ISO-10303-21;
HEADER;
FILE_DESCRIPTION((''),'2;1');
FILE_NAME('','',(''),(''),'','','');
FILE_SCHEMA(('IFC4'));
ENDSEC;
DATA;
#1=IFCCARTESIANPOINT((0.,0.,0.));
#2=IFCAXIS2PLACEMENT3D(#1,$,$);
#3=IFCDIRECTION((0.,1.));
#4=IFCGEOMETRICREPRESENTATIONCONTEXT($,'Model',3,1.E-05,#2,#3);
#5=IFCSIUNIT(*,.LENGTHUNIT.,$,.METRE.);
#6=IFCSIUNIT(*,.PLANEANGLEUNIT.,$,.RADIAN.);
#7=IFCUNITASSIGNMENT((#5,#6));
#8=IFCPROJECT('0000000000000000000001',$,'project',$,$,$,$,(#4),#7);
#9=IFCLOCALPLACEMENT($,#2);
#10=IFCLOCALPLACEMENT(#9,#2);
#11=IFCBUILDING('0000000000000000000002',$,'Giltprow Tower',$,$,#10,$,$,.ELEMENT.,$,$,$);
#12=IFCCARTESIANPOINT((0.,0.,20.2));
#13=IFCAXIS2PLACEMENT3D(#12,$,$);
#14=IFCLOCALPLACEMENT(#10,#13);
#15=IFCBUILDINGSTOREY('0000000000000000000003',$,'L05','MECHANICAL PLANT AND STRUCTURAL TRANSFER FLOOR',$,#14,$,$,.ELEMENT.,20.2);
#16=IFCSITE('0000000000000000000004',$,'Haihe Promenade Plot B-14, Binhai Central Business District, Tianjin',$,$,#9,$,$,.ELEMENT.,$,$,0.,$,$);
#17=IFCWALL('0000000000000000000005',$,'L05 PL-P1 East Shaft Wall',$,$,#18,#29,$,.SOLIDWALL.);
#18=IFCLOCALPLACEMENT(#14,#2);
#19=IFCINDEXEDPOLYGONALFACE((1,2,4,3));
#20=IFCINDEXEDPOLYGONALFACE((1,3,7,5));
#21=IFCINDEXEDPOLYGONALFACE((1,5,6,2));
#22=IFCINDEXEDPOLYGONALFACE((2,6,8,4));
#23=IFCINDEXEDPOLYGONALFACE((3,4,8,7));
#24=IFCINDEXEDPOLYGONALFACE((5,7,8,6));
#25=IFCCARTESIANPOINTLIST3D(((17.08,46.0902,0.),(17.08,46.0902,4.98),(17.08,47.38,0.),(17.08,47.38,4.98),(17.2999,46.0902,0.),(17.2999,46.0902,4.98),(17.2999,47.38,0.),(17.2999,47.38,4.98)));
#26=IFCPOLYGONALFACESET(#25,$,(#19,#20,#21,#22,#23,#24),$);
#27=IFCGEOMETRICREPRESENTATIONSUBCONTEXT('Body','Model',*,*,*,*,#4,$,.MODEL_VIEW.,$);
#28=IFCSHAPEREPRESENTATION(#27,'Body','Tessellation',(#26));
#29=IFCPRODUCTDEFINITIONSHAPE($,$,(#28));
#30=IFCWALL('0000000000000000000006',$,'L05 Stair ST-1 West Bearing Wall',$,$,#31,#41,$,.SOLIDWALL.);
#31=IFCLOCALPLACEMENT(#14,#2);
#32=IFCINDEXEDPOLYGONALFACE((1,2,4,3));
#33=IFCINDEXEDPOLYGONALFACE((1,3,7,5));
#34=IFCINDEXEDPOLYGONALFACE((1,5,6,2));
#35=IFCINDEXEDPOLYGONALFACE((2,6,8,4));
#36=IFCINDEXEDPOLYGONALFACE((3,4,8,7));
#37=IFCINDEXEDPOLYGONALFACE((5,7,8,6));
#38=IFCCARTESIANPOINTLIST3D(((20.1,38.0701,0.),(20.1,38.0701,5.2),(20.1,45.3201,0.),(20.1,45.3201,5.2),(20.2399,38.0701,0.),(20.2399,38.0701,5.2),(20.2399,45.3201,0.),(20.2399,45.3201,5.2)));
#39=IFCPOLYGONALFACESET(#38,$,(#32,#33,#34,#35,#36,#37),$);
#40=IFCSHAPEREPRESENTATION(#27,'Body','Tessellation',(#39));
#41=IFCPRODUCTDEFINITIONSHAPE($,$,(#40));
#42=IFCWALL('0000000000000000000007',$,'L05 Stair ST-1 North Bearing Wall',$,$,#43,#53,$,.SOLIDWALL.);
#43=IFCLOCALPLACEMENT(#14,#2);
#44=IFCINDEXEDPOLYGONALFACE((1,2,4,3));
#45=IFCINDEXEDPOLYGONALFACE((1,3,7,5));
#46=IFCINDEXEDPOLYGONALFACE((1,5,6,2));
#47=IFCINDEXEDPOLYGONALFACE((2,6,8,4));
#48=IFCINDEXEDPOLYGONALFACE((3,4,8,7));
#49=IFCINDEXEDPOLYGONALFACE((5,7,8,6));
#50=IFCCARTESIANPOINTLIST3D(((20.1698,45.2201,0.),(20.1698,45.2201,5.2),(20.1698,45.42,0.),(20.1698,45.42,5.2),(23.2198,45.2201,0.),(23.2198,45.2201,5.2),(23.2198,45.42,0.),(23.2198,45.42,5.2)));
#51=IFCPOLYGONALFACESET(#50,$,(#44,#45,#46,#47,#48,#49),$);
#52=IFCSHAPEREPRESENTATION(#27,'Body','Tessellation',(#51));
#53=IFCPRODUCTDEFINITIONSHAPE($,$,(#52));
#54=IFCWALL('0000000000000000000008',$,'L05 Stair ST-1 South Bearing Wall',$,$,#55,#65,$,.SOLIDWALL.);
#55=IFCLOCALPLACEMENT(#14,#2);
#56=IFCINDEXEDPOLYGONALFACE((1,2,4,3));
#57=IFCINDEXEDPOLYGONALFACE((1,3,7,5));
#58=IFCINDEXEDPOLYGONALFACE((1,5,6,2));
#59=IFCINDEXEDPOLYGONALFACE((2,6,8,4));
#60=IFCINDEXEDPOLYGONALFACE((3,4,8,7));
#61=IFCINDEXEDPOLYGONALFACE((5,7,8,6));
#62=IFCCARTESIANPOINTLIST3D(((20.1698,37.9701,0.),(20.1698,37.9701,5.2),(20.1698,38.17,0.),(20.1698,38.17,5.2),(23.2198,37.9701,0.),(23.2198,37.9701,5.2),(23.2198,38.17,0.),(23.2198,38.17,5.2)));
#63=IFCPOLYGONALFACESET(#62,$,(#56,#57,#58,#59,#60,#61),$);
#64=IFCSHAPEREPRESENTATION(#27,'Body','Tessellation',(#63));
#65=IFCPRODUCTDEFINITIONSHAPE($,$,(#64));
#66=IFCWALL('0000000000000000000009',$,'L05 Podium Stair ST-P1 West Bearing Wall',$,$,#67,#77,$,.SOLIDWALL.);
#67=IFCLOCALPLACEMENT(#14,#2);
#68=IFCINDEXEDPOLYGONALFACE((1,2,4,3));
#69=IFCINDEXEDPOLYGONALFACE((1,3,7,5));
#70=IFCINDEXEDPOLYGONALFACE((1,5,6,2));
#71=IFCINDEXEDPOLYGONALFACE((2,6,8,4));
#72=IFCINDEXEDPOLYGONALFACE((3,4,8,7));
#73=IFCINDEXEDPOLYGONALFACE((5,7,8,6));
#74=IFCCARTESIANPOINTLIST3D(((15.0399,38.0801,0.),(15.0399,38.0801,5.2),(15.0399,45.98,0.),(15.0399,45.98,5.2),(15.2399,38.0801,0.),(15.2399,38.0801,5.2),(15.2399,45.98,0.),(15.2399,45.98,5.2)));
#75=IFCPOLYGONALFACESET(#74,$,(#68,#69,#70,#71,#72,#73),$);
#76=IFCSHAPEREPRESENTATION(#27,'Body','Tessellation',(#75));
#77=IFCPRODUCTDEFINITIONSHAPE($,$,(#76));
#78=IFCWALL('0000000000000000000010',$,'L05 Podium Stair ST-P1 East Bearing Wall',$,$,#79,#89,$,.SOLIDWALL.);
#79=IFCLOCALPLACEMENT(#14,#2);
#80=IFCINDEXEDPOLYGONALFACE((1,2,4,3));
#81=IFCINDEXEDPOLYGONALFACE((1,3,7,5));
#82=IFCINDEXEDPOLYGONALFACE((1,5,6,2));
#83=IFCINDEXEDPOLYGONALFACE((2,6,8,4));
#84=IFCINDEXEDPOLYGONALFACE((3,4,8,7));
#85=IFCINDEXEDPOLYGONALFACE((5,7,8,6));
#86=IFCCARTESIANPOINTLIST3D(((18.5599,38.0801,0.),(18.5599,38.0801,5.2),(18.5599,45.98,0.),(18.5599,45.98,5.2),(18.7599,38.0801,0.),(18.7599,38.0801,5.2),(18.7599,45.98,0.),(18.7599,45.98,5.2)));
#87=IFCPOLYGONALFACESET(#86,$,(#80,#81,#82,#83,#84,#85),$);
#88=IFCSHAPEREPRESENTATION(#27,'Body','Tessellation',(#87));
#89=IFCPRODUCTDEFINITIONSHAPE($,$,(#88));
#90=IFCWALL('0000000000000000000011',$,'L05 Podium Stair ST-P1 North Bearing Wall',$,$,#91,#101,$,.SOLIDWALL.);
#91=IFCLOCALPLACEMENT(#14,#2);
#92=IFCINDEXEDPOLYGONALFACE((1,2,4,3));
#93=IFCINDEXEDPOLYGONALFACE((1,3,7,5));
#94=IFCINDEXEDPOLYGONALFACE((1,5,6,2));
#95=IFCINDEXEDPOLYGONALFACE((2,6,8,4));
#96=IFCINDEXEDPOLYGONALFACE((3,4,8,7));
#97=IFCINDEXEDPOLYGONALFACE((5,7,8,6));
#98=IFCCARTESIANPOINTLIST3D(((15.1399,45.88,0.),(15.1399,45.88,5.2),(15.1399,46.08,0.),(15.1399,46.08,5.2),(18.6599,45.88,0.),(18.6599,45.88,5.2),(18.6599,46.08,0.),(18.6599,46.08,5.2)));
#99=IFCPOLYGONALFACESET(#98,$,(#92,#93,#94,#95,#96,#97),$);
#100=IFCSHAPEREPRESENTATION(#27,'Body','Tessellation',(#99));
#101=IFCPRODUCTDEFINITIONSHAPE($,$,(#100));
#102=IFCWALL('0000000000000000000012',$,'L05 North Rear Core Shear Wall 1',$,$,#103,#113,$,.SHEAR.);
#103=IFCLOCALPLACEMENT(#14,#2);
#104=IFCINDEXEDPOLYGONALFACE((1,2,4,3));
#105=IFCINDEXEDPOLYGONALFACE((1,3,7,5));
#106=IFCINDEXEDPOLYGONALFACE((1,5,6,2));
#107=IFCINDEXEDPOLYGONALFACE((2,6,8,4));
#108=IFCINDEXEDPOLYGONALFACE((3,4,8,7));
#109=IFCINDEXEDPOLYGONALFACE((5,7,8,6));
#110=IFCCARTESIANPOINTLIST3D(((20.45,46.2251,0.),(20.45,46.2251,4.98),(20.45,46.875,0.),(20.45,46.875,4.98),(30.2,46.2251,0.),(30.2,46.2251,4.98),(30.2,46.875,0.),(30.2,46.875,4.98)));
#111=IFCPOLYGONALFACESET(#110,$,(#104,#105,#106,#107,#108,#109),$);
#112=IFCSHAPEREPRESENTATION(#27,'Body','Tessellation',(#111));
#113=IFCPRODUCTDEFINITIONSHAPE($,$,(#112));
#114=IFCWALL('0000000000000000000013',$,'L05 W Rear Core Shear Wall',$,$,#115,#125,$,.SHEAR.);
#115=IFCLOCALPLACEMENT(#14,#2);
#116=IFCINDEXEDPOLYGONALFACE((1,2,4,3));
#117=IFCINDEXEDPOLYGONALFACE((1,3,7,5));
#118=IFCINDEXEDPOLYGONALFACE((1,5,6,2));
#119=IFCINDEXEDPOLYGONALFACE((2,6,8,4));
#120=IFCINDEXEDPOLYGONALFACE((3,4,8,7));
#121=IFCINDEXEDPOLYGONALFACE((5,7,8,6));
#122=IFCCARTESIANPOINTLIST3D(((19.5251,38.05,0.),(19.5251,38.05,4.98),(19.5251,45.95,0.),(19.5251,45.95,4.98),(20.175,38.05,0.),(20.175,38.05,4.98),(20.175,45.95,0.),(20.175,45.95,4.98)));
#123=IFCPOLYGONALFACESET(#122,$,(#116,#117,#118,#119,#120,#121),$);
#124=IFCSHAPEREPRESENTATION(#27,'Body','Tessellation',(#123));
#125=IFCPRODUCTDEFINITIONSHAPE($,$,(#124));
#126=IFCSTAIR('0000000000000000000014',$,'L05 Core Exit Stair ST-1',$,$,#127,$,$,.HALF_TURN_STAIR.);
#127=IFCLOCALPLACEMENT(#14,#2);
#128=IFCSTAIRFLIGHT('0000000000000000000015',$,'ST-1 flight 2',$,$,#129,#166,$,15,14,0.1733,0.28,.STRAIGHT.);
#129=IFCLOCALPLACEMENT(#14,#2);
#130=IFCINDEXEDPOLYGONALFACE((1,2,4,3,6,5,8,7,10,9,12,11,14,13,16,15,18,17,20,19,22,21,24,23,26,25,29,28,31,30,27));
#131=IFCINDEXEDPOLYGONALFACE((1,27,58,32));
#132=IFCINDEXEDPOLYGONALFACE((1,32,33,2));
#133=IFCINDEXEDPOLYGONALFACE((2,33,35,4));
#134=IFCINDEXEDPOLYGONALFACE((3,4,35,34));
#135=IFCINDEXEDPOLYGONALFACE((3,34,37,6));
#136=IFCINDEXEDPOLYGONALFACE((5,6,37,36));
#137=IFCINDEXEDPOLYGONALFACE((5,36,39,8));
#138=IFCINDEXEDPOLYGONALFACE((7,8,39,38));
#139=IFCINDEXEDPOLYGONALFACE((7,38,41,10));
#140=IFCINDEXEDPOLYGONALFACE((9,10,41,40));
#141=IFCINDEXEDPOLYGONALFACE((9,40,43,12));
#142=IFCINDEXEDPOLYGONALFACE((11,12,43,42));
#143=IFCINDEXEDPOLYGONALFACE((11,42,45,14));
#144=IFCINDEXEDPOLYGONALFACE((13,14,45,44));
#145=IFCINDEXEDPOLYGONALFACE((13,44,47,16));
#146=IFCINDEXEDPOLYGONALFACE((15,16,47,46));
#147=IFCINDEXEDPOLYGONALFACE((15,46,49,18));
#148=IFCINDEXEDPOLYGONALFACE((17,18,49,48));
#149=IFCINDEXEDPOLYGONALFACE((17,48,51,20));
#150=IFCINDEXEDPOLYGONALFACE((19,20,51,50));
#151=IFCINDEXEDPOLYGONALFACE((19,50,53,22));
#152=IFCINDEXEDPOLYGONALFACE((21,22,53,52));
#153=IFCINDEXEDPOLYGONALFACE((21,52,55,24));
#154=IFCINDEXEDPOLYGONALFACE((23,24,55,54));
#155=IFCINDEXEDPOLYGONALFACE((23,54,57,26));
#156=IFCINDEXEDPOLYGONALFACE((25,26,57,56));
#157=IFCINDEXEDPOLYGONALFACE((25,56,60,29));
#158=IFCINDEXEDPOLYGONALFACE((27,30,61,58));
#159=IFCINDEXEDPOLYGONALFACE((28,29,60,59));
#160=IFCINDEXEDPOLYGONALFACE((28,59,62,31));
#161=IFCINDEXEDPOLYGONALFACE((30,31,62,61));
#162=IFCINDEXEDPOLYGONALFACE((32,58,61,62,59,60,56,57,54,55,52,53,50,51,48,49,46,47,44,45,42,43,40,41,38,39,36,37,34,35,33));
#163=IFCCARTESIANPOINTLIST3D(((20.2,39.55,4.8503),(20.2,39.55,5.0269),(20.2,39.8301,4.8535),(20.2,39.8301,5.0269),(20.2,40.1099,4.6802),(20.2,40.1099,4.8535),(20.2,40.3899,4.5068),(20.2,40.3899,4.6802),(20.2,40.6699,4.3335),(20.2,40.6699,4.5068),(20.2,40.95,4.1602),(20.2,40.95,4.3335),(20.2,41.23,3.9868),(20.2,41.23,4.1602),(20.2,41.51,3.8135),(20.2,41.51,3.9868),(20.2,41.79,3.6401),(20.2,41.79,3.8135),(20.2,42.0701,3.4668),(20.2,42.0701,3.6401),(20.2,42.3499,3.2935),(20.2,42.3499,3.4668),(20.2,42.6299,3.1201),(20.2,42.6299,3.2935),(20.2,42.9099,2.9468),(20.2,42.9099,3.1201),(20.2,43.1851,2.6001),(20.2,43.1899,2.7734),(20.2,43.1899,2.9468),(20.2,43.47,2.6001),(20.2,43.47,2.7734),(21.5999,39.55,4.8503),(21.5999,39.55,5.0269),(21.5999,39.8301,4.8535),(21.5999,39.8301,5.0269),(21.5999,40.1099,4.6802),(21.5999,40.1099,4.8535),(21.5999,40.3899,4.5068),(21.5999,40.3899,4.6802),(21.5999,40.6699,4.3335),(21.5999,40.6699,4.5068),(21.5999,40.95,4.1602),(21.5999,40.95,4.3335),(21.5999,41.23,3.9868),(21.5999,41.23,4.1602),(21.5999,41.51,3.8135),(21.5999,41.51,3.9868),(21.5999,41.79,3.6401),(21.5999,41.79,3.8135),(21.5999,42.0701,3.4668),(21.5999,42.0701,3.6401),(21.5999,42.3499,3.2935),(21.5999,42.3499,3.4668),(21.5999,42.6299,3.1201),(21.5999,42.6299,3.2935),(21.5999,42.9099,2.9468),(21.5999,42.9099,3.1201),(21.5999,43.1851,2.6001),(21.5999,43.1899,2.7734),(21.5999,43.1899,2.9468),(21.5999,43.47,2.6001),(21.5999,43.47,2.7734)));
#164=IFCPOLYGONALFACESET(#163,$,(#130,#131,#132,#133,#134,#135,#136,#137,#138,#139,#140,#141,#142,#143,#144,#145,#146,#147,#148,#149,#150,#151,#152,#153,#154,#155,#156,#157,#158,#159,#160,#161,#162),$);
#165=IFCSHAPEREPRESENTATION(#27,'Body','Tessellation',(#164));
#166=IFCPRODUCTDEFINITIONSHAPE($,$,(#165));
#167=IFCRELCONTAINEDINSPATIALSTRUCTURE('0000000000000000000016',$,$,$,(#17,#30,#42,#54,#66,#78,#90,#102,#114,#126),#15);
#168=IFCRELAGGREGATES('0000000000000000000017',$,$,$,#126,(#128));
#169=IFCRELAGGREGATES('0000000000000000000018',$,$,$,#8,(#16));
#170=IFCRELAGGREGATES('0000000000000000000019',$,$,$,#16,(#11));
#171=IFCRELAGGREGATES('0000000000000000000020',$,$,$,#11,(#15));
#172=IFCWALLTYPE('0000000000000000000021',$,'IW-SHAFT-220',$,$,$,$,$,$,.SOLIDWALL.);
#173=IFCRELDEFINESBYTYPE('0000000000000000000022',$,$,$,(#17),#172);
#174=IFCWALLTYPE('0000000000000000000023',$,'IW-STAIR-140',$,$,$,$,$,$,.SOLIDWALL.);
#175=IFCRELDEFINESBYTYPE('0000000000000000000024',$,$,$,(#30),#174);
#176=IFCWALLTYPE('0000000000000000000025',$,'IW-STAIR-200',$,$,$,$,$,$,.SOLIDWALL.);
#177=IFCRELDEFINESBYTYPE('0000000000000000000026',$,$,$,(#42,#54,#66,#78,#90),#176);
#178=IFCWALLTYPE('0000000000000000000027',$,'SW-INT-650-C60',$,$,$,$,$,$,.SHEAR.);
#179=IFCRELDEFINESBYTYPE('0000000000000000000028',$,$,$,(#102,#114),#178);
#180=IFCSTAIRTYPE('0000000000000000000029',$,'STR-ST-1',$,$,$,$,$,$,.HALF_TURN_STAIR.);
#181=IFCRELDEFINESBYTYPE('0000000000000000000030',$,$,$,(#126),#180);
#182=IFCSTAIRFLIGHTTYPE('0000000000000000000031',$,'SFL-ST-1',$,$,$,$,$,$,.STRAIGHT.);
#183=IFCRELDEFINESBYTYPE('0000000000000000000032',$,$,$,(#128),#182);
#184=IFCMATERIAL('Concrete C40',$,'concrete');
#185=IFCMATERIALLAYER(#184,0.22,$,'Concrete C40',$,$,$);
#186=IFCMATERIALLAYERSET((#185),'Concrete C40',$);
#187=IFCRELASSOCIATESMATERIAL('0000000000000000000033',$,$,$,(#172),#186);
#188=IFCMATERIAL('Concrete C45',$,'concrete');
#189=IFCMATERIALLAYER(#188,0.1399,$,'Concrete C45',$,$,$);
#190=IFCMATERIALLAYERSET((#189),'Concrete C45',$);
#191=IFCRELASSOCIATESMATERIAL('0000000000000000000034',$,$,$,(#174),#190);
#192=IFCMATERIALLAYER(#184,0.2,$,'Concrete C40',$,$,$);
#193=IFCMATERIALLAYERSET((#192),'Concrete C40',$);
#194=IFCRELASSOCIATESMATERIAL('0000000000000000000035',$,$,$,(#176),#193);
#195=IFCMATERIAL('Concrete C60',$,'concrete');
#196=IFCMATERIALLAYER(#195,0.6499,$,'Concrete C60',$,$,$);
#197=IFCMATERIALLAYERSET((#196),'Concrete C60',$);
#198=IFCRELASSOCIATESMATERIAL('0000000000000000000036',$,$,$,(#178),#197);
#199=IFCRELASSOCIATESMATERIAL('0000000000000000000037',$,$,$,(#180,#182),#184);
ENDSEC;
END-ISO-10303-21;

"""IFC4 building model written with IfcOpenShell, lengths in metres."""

from ifc_helpers import new_model, si_unit, direction, frame, frame_2d, origin, place, context, subcontext, project, spatial, polyline, rectangle, outline, extrude, material, layer, layer_set, type_object, element, aggregate, save


model = new_model("IFC4")

# Units and contexts
model_context = context("Model", 3, precision=1e-05, world=origin(), true_north=direction((0.0, 1.0)))
body_context = subcontext(model_context, "Body", "Model", "MODEL_VIEW")
ifc_project = project(units=[si_unit("LENGTHUNIT", "METRE"), si_unit("PLANEANGLEUNIT", "RADIAN")], contexts=[model_context])

# Site, building, storey
site_placement = place(None, origin())
site = spatial("IfcSite", under=ifc_project, at=site_placement, Name="Haihe Promenade Plot B-14, Binhai Central Business District, Tianjin", CompositionType="ELEMENT", RefElevation=0.0)
building_placement = place(site_placement, origin())
building = spatial("IfcBuilding", under=site, at=building_placement, Name="Giltprow Tower", CompositionType="ELEMENT")
storey_placement = place(building_placement, frame((0.0, 0.0, 20.2)))
storey = spatial("IfcBuildingStorey", under=building, at=storey_placement, Name="L05", Description="MECHANICAL PLANT AND STRUCTURAL TRANSFER FLOOR", CompositionType="ELEMENT", Elevation=20.2)

# Shared definitions
ifc_material_1 = material(Name="Concrete C60", Category="concrete")

# Shared definitions
ifc_material_2 = material(Name="Concrete C40", Category="concrete")
ifc_layer_1 = layer(ifc_material_2, 0.22, Name="Concrete C40")
ifc_layer_set_1 = layer_set([ifc_layer_1], Name="Concrete C40")
wall_type_1 = type_object("IfcWallType", Name="IW-SHAFT-220", PredefinedType="SOLIDWALL", material=ifc_layer_set_1)

# Walls
for number, where, z_axis, x_axis, name in (
    (1, (17.1899, 46.0901, 0.0), (0.0, 0.0, 1.0), (0.0, 1.0, 0.0), "L05 PL-P1 East Shaft Wall"),
):
    element("IfcWall", number, at=place(storey_placement, frame(where, z_axis=z_axis, x_axis=x_axis)), inside=storey, type_object=wall_type_1, Name=name, PredefinedType="SOLIDWALL", context=body_context, shape_type="SweptSolid", body=[
        extrude(rectangle(XDim=1.2898, YDim=0.22, at=frame_2d((0.645, 0.0))), origin(), (0.0, 0.0, 1.0), 4.98),
    ])
ifc_material_3 = material(Name="Concrete C45", Category="concrete")
ifc_layer_2 = layer(ifc_material_3, 0.1399, Name="Concrete C45")
ifc_layer_set_2 = layer_set([ifc_layer_2], Name="Concrete C45")
wall_type_2 = type_object("IfcWallType", Name="IW-STAIR-140", PredefinedType="SOLIDWALL", material=ifc_layer_set_2)
wall_1_placement = place(storey_placement, frame((20.1699, 38.0701, 0.0), z_axis=(0.0, 0.0, 1.0), x_axis=(0.0, 1.0, 0.0)))
element("IfcWall", 2, at=wall_1_placement, inside=storey, type_object=wall_type_2, Name="L05 Stair ST-1 West Bearing Wall", PredefinedType="SOLIDWALL", context=body_context, shape_type="SweptSolid", body=[
    extrude(rectangle(XDim=7.25, YDim=0.1399, at=frame_2d((3.625, 0.0))), origin(), (0.0, 0.0, 1.0), 5.2),
])
ifc_layer_3 = layer(ifc_material_2, 0.2, Name="Concrete C40")
ifc_layer_set_3 = layer_set([ifc_layer_3], Name="Concrete C40")
wall_type_3 = type_object("IfcWallType", Name="IW-STAIR-200", PredefinedType="SOLIDWALL", material=ifc_layer_set_3)
for number, where, z_axis, x_axis, name in (
    (3, (20.1699, 45.3201, 0.0), (0.0, 0.0, 1.0), (1.0, 0.0, 0.0), "L05 Stair ST-1 North Bearing Wall"),
    (4, (20.1699, 38.0701, 0.0), (0.0, 0.0, 1.0), (1.0, 0.0, 0.0), "L05 Stair ST-1 South Bearing Wall"),
):
    element("IfcWall", number, at=place(storey_placement, frame(where, z_axis=z_axis, x_axis=x_axis)), inside=storey, type_object=wall_type_3, Name=name, PredefinedType="SOLIDWALL", context=body_context, shape_type="SweptSolid", body=[
        extrude(rectangle(XDim=3.05, YDim=0.2, at=frame_2d((1.5249, 0.0))), origin(), (0.0, 0.0, 1.0), 5.2),
    ])
for number, where, z_axis, x_axis, name in (
    (5, (15.1399, 38.0801, 0.0), (0.0, 0.0, 1.0), (0.0, 1.0, 0.0), "L05 Podium Stair ST-P1 West Bearing Wall"),
    (6, (18.6599, 38.0801, 0.0), (0.0, 0.0, 1.0), (0.0, 1.0, 0.0), "L05 Podium Stair ST-P1 East Bearing Wall"),
):
    element("IfcWall", number, at=place(storey_placement, frame(where, z_axis=z_axis, x_axis=x_axis)), inside=storey, type_object=wall_type_3, Name=name, PredefinedType="SOLIDWALL", context=body_context, shape_type="SweptSolid", body=[
        extrude(rectangle(XDim=7.8999, YDim=0.2, at=frame_2d((3.95, 0.0))), origin(), (0.0, 0.0, 1.0), 5.2),
    ])
wall_2_placement = place(storey_placement, frame((15.1399, 45.98, 0.0), z_axis=(0.0, 0.0, 1.0), x_axis=(1.0, 0.0, 0.0)))
element("IfcWall", 7, at=wall_2_placement, inside=storey, type_object=wall_type_3, Name="L05 Podium Stair ST-P1 North Bearing Wall", PredefinedType="SOLIDWALL", context=body_context, shape_type="SweptSolid", body=[
    extrude(rectangle(XDim=3.52, YDim=0.2, at=frame_2d((1.76, 0.0))), origin(), (0.0, 0.0, 1.0), 5.2),
])

# Walls
ifc_layer_4 = layer(ifc_material_1, 0.6499, Name="Concrete C60")
ifc_layer_set_4 = layer_set([ifc_layer_4], Name="Concrete C60")
wall_type_4 = type_object("IfcWallType", Name="SW-INT-650-C60", PredefinedType="SHEAR", material=ifc_layer_set_4)
wall_3_placement = place(storey_placement, frame((20.45, 46.55, 0.0), z_axis=(0.0, 0.0, 1.0), x_axis=(1.0, 0.0, 0.0)))
element("IfcWall", 8, at=wall_3_placement, inside=storey, type_object=wall_type_4, Name="L05 North Rear Core Shear Wall 1", PredefinedType="SHEAR", context=body_context, shape_type="SweptSolid", body=[
    extrude(rectangle(XDim=9.75, YDim=0.6499, at=frame_2d((4.875, 0.0))), origin(), (0.0, 0.0, 1.0), 4.98),
])
wall_4_placement = place(storey_placement, frame((19.8501, 38.05, 0.0), z_axis=(0.0, 0.0, 1.0), x_axis=(0.0, 1.0, 0.0)))
element("IfcWall", 9, at=wall_4_placement, inside=storey, type_object=wall_type_4, Name="L05 W Rear Core Shear Wall", PredefinedType="SHEAR", context=body_context, shape_type="SweptSolid", body=[
    extrude(rectangle(XDim=7.8999, YDim=0.6499, at=frame_2d((3.95, 0.0))), origin(), (0.0, 0.0, 1.0), 4.98),
])

# Stair, stair flight
stair_type = type_object("IfcStairType", Name="STR-ST-1", PredefinedType="HALF_TURN_STAIR", material=ifc_material_2)
stair_placement = place(storey_placement, origin())
stair = element("IfcStair", 10, at=stair_placement, inside=storey, type_object=stair_type, Name="L05 Core Exit Stair ST-1", PredefinedType="HALF_TURN_STAIR")
stair_flight_type = type_object("IfcStairFlightType", Name="SFL-ST-1", PredefinedType="STRAIGHT", material=ifc_material_2)
stair_flight_placement = place(storey_placement, frame((20.8999, 43.47, 2.6001), z_axis=(0.0, 0.0, 1.0), x_axis=(0.0, -1.0, 0.0)))
stair_flight = element("IfcStairFlight", 11, at=stair_flight_placement, type_object=stair_flight_type, Name="ST-1 flight 2", NumberOfRisers=15, NumberOfTreads=14, PredefinedType="STRAIGHT", RiserHeight=0.1733, TreadLength=0.28, context=body_context, shape_type="SweptSolid", body=[
    extrude(outline(polyline([(0.0, 0.0), (0.0, 0.1733), (0.28, 0.1733), (0.28, 0.3467), (0.5601, 0.3467), (0.5601, 0.52), (0.8401, 0.52), (0.8401, 0.6934), (1.1201, 0.6934), (1.1201, 0.8667), (1.3999, 0.8667), (1.3999, 1.04), (1.6799, 1.04), (1.6799, 1.2134), (1.96, 1.2134), (1.96, 1.3867), (2.24, 1.3867), (2.24, 1.5601), (2.52, 1.5601), (2.52, 1.7334), (2.8, 1.7334), (2.8, 1.9067), (3.0801, 1.9067), (3.0801, 2.0801), (3.3601, 2.0801), (3.3601, 2.2534), (3.6399, 2.2534), (3.6399, 2.4268), (3.9199, 2.4268), (3.9199, 2.6001), (3.9199, 2.2502), (0.2849, 0.0), (0.0, 0.0)])), frame((0.0, 0.7, 0.0), z_axis=(0.0, -1.0, 0.0), x_axis=(1.0, 0.0, 0.0)), (0.0, 0.0, 1.0), 1.3999),
])
aggregate(stair, [stair_flight])

save(model, "model.ifc")
